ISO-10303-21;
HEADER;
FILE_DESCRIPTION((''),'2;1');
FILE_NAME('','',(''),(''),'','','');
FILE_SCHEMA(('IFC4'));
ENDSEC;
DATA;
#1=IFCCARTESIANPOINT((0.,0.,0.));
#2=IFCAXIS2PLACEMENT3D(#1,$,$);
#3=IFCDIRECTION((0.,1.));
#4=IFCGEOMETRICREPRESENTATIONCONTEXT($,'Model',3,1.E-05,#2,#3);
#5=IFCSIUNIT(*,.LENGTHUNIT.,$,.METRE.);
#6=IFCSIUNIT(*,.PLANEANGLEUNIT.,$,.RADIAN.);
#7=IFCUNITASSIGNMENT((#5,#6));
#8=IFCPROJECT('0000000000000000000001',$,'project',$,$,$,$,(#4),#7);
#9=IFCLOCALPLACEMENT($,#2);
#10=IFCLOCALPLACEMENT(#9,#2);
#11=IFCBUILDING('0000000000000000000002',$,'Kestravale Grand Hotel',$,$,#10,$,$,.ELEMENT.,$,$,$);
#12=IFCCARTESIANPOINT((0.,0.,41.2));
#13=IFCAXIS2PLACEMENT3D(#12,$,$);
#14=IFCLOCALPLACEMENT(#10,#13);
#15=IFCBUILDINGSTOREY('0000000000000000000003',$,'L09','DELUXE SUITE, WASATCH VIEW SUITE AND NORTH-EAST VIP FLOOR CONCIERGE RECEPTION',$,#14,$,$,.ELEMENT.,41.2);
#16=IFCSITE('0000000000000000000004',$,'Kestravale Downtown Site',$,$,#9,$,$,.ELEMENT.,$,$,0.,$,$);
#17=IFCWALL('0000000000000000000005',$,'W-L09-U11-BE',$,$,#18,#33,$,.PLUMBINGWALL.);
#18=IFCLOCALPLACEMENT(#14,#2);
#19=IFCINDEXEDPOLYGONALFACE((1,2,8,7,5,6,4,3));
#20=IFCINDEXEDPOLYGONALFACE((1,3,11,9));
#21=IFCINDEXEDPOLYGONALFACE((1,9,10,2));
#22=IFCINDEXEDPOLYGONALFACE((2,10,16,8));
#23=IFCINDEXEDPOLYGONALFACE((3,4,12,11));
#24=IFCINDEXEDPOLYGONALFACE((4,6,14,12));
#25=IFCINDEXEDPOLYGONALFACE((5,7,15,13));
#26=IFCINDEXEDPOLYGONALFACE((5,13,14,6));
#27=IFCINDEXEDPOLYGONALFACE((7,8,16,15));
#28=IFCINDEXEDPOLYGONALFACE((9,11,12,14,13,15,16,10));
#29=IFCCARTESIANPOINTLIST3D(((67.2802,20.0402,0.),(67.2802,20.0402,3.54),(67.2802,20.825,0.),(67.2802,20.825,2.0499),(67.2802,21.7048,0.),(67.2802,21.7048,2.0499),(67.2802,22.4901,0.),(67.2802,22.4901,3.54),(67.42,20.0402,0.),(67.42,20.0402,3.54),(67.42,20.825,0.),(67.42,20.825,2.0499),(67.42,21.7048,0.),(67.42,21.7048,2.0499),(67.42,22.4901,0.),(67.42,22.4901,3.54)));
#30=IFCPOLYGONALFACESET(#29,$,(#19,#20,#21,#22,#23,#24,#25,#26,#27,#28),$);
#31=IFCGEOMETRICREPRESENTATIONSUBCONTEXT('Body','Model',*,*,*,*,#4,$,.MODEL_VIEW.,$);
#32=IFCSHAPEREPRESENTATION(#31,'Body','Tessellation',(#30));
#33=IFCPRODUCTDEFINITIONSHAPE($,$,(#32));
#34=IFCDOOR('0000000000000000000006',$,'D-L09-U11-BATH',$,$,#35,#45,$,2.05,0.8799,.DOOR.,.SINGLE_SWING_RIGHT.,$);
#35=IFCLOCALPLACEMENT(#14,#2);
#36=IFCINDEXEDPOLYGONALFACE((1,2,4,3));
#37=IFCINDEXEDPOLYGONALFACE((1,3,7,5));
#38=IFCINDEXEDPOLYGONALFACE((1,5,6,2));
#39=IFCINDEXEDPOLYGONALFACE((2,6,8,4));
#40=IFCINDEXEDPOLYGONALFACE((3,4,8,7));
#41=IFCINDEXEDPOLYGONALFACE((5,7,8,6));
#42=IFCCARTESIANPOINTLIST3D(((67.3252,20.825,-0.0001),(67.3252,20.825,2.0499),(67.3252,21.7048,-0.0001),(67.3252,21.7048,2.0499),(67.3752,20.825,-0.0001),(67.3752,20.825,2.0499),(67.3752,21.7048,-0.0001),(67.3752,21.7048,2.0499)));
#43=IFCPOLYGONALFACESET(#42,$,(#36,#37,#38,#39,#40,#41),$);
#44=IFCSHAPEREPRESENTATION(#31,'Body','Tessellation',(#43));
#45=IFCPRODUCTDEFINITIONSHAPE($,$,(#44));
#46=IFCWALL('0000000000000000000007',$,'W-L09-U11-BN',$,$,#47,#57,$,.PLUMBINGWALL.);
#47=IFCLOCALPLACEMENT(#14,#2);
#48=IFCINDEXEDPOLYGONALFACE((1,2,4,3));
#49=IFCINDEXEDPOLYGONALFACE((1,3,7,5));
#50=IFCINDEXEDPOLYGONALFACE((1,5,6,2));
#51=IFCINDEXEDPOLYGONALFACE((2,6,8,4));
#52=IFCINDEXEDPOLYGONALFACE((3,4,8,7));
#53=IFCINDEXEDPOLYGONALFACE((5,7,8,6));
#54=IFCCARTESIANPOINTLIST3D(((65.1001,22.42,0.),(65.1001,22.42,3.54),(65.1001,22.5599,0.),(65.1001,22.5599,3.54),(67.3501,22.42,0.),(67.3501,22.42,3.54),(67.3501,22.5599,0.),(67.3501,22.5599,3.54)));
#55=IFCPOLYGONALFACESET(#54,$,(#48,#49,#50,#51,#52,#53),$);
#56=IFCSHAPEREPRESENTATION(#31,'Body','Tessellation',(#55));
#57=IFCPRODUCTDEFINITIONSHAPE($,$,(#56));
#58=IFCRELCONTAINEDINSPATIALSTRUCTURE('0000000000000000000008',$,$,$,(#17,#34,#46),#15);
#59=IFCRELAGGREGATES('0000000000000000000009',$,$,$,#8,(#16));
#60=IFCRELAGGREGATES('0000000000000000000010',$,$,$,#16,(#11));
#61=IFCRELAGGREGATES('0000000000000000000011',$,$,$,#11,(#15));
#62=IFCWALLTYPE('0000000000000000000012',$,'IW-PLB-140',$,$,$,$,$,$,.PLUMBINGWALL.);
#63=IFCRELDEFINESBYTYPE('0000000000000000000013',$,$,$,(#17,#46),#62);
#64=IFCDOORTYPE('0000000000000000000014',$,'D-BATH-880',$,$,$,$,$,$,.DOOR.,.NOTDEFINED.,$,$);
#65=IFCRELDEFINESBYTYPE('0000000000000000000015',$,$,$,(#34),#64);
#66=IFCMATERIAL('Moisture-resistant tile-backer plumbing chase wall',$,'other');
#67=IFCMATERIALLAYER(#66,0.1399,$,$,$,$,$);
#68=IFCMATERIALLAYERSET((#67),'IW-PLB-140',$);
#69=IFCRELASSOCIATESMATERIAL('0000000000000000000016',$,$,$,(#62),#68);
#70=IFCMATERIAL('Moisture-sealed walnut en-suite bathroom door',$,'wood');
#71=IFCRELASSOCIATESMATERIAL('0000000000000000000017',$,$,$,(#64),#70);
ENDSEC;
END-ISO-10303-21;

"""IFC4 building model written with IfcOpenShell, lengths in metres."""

from ifc_helpers import new_model, si_unit, direction, frame, frame_2d, origin, place, context, subcontext, project, spatial, rectangle, extrude, material, layer, layer_set, type_object, element, fill, save


model = new_model("IFC4")

# Units and contexts
model_context = context("Model", 3, precision=1e-05, world=origin(), true_north=direction((0.0, 1.0)))
body_context = subcontext(model_context, "Body", "Model", "MODEL_VIEW")
ifc_project = project(units=[si_unit("LENGTHUNIT", "METRE"), si_unit("PLANEANGLEUNIT", "RADIAN")], contexts=[model_context])

# Site, building, storey
site_placement = place(None, origin())
site = spatial("IfcSite", under=ifc_project, at=site_placement, Name="Kestravale Downtown Site", CompositionType="ELEMENT", RefElevation=0.0)
building_placement = place(site_placement, origin())
building = spatial("IfcBuilding", under=site, at=building_placement, Name="Kestravale Grand Hotel", CompositionType="ELEMENT")
storey_placement = place(building_placement, frame((0.0, 0.0, 41.2)))
storey = spatial("IfcBuildingStorey", under=building, at=storey_placement, Name="L09", Description="DELUXE SUITE, WASATCH VIEW SUITE AND NORTH-EAST VIP FLOOR CONCIERGE RECEPTION", CompositionType="ELEMENT", Elevation=41.2)

# Shared definitions
ifc_material_1 = material(Name="Moisture-resistant tile-backer plumbing chase wall", Category="other")
ifc_layer_1 = layer(ifc_material_1, 0.1399)
ifc_layer_set_1 = layer_set([ifc_layer_1], Name="IW-PLB-140")
wall_type_1 = type_object("IfcWallType", Name="IW-PLB-140", PredefinedType="PLUMBINGWALL", material=ifc_layer_set_1)

# Shared definitions
ifc_material_2 = material(Name="Moisture-sealed walnut en-suite bathroom door", Category="wood")
door_type = type_object("IfcDoorType", Name="D-BATH-880", OperationType="NOTDEFINED", PredefinedType="DOOR", material=ifc_material_2)

# Wall, opening, door
wall_1_placement = place(storey_placement, frame((67.3501, 20.04, 0.0), z_axis=(0.0, 0.0, 1.0), x_axis=(0.0, 1.0, 0.0)))
wall_1 = element("IfcWall", 1, at=wall_1_placement, inside=storey, type_object=wall_type_1, Name="W-L09-U11-BE", PredefinedType="PLUMBINGWALL", context=body_context, shape_type="SweptSolid", body=[
    extrude(rectangle(XDim=2.45, YDim=0.1399, at=frame_2d((1.2251, 0.0))), origin(), (0.0, 0.0, 1.0), 3.54),
])
opening_1_placement = place(wall_1_placement, frame((0.7849, 0.0, 0.0)))
opening_1 = element("IfcOpeningElement", 2, at=opening_1_placement, cuts=wall_1, PredefinedType="OPENING", context=body_context, shape_type="SweptSolid", body=[
    extrude(rectangle(XDim=0.8799, YDim=2.05, at=frame_2d((0.4399, 1.0249))), frame((0.0, 0.0798, 0.0), z_axis=(0.0, -1.0, 0.0), x_axis=(1.0, 0.0, 0.0)), (0.0, 0.0, 1.0), 0.1599),
])
door_1_placement = place(opening_1_placement, origin())
door_1 = element("IfcDoor", 3, at=door_1_placement, inside=storey, type_object=door_type, Name="D-L09-U11-BATH", OperationType="SINGLE_SWING_RIGHT", OverallHeight=2.05, OverallWidth=0.8799, PredefinedType="DOOR", context=body_context, shape_type="SweptSolid", body=[
    extrude(rectangle(XDim=0.8799, YDim=2.05, at=frame_2d((0.4399, 1.0249))), frame((0.0, 0.0249, 0.0), z_axis=(0.0, -1.0, 0.0), x_axis=(1.0, 0.0, 0.0)), (0.0, 0.0, 1.0), 0.05),
])
fill(opening_1, door_1)

# Wall
wall_2_placement = place(storey_placement, frame((65.1001, 22.49, 0.0), z_axis=(0.0, 0.0, 1.0), x_axis=(1.0, 0.0, 0.0)))
element("IfcWall", 4, at=wall_2_placement, inside=storey, type_object=wall_type_1, Name="W-L09-U11-BN", PredefinedType="PLUMBINGWALL", context=body_context, shape_type="SweptSolid", body=[
    extrude(rectangle(XDim=2.25, YDim=0.1399, at=frame_2d((1.125, 0.0))), origin(), (0.0, 0.0, 1.0), 3.54),
])

save(model, "model.ifc")
